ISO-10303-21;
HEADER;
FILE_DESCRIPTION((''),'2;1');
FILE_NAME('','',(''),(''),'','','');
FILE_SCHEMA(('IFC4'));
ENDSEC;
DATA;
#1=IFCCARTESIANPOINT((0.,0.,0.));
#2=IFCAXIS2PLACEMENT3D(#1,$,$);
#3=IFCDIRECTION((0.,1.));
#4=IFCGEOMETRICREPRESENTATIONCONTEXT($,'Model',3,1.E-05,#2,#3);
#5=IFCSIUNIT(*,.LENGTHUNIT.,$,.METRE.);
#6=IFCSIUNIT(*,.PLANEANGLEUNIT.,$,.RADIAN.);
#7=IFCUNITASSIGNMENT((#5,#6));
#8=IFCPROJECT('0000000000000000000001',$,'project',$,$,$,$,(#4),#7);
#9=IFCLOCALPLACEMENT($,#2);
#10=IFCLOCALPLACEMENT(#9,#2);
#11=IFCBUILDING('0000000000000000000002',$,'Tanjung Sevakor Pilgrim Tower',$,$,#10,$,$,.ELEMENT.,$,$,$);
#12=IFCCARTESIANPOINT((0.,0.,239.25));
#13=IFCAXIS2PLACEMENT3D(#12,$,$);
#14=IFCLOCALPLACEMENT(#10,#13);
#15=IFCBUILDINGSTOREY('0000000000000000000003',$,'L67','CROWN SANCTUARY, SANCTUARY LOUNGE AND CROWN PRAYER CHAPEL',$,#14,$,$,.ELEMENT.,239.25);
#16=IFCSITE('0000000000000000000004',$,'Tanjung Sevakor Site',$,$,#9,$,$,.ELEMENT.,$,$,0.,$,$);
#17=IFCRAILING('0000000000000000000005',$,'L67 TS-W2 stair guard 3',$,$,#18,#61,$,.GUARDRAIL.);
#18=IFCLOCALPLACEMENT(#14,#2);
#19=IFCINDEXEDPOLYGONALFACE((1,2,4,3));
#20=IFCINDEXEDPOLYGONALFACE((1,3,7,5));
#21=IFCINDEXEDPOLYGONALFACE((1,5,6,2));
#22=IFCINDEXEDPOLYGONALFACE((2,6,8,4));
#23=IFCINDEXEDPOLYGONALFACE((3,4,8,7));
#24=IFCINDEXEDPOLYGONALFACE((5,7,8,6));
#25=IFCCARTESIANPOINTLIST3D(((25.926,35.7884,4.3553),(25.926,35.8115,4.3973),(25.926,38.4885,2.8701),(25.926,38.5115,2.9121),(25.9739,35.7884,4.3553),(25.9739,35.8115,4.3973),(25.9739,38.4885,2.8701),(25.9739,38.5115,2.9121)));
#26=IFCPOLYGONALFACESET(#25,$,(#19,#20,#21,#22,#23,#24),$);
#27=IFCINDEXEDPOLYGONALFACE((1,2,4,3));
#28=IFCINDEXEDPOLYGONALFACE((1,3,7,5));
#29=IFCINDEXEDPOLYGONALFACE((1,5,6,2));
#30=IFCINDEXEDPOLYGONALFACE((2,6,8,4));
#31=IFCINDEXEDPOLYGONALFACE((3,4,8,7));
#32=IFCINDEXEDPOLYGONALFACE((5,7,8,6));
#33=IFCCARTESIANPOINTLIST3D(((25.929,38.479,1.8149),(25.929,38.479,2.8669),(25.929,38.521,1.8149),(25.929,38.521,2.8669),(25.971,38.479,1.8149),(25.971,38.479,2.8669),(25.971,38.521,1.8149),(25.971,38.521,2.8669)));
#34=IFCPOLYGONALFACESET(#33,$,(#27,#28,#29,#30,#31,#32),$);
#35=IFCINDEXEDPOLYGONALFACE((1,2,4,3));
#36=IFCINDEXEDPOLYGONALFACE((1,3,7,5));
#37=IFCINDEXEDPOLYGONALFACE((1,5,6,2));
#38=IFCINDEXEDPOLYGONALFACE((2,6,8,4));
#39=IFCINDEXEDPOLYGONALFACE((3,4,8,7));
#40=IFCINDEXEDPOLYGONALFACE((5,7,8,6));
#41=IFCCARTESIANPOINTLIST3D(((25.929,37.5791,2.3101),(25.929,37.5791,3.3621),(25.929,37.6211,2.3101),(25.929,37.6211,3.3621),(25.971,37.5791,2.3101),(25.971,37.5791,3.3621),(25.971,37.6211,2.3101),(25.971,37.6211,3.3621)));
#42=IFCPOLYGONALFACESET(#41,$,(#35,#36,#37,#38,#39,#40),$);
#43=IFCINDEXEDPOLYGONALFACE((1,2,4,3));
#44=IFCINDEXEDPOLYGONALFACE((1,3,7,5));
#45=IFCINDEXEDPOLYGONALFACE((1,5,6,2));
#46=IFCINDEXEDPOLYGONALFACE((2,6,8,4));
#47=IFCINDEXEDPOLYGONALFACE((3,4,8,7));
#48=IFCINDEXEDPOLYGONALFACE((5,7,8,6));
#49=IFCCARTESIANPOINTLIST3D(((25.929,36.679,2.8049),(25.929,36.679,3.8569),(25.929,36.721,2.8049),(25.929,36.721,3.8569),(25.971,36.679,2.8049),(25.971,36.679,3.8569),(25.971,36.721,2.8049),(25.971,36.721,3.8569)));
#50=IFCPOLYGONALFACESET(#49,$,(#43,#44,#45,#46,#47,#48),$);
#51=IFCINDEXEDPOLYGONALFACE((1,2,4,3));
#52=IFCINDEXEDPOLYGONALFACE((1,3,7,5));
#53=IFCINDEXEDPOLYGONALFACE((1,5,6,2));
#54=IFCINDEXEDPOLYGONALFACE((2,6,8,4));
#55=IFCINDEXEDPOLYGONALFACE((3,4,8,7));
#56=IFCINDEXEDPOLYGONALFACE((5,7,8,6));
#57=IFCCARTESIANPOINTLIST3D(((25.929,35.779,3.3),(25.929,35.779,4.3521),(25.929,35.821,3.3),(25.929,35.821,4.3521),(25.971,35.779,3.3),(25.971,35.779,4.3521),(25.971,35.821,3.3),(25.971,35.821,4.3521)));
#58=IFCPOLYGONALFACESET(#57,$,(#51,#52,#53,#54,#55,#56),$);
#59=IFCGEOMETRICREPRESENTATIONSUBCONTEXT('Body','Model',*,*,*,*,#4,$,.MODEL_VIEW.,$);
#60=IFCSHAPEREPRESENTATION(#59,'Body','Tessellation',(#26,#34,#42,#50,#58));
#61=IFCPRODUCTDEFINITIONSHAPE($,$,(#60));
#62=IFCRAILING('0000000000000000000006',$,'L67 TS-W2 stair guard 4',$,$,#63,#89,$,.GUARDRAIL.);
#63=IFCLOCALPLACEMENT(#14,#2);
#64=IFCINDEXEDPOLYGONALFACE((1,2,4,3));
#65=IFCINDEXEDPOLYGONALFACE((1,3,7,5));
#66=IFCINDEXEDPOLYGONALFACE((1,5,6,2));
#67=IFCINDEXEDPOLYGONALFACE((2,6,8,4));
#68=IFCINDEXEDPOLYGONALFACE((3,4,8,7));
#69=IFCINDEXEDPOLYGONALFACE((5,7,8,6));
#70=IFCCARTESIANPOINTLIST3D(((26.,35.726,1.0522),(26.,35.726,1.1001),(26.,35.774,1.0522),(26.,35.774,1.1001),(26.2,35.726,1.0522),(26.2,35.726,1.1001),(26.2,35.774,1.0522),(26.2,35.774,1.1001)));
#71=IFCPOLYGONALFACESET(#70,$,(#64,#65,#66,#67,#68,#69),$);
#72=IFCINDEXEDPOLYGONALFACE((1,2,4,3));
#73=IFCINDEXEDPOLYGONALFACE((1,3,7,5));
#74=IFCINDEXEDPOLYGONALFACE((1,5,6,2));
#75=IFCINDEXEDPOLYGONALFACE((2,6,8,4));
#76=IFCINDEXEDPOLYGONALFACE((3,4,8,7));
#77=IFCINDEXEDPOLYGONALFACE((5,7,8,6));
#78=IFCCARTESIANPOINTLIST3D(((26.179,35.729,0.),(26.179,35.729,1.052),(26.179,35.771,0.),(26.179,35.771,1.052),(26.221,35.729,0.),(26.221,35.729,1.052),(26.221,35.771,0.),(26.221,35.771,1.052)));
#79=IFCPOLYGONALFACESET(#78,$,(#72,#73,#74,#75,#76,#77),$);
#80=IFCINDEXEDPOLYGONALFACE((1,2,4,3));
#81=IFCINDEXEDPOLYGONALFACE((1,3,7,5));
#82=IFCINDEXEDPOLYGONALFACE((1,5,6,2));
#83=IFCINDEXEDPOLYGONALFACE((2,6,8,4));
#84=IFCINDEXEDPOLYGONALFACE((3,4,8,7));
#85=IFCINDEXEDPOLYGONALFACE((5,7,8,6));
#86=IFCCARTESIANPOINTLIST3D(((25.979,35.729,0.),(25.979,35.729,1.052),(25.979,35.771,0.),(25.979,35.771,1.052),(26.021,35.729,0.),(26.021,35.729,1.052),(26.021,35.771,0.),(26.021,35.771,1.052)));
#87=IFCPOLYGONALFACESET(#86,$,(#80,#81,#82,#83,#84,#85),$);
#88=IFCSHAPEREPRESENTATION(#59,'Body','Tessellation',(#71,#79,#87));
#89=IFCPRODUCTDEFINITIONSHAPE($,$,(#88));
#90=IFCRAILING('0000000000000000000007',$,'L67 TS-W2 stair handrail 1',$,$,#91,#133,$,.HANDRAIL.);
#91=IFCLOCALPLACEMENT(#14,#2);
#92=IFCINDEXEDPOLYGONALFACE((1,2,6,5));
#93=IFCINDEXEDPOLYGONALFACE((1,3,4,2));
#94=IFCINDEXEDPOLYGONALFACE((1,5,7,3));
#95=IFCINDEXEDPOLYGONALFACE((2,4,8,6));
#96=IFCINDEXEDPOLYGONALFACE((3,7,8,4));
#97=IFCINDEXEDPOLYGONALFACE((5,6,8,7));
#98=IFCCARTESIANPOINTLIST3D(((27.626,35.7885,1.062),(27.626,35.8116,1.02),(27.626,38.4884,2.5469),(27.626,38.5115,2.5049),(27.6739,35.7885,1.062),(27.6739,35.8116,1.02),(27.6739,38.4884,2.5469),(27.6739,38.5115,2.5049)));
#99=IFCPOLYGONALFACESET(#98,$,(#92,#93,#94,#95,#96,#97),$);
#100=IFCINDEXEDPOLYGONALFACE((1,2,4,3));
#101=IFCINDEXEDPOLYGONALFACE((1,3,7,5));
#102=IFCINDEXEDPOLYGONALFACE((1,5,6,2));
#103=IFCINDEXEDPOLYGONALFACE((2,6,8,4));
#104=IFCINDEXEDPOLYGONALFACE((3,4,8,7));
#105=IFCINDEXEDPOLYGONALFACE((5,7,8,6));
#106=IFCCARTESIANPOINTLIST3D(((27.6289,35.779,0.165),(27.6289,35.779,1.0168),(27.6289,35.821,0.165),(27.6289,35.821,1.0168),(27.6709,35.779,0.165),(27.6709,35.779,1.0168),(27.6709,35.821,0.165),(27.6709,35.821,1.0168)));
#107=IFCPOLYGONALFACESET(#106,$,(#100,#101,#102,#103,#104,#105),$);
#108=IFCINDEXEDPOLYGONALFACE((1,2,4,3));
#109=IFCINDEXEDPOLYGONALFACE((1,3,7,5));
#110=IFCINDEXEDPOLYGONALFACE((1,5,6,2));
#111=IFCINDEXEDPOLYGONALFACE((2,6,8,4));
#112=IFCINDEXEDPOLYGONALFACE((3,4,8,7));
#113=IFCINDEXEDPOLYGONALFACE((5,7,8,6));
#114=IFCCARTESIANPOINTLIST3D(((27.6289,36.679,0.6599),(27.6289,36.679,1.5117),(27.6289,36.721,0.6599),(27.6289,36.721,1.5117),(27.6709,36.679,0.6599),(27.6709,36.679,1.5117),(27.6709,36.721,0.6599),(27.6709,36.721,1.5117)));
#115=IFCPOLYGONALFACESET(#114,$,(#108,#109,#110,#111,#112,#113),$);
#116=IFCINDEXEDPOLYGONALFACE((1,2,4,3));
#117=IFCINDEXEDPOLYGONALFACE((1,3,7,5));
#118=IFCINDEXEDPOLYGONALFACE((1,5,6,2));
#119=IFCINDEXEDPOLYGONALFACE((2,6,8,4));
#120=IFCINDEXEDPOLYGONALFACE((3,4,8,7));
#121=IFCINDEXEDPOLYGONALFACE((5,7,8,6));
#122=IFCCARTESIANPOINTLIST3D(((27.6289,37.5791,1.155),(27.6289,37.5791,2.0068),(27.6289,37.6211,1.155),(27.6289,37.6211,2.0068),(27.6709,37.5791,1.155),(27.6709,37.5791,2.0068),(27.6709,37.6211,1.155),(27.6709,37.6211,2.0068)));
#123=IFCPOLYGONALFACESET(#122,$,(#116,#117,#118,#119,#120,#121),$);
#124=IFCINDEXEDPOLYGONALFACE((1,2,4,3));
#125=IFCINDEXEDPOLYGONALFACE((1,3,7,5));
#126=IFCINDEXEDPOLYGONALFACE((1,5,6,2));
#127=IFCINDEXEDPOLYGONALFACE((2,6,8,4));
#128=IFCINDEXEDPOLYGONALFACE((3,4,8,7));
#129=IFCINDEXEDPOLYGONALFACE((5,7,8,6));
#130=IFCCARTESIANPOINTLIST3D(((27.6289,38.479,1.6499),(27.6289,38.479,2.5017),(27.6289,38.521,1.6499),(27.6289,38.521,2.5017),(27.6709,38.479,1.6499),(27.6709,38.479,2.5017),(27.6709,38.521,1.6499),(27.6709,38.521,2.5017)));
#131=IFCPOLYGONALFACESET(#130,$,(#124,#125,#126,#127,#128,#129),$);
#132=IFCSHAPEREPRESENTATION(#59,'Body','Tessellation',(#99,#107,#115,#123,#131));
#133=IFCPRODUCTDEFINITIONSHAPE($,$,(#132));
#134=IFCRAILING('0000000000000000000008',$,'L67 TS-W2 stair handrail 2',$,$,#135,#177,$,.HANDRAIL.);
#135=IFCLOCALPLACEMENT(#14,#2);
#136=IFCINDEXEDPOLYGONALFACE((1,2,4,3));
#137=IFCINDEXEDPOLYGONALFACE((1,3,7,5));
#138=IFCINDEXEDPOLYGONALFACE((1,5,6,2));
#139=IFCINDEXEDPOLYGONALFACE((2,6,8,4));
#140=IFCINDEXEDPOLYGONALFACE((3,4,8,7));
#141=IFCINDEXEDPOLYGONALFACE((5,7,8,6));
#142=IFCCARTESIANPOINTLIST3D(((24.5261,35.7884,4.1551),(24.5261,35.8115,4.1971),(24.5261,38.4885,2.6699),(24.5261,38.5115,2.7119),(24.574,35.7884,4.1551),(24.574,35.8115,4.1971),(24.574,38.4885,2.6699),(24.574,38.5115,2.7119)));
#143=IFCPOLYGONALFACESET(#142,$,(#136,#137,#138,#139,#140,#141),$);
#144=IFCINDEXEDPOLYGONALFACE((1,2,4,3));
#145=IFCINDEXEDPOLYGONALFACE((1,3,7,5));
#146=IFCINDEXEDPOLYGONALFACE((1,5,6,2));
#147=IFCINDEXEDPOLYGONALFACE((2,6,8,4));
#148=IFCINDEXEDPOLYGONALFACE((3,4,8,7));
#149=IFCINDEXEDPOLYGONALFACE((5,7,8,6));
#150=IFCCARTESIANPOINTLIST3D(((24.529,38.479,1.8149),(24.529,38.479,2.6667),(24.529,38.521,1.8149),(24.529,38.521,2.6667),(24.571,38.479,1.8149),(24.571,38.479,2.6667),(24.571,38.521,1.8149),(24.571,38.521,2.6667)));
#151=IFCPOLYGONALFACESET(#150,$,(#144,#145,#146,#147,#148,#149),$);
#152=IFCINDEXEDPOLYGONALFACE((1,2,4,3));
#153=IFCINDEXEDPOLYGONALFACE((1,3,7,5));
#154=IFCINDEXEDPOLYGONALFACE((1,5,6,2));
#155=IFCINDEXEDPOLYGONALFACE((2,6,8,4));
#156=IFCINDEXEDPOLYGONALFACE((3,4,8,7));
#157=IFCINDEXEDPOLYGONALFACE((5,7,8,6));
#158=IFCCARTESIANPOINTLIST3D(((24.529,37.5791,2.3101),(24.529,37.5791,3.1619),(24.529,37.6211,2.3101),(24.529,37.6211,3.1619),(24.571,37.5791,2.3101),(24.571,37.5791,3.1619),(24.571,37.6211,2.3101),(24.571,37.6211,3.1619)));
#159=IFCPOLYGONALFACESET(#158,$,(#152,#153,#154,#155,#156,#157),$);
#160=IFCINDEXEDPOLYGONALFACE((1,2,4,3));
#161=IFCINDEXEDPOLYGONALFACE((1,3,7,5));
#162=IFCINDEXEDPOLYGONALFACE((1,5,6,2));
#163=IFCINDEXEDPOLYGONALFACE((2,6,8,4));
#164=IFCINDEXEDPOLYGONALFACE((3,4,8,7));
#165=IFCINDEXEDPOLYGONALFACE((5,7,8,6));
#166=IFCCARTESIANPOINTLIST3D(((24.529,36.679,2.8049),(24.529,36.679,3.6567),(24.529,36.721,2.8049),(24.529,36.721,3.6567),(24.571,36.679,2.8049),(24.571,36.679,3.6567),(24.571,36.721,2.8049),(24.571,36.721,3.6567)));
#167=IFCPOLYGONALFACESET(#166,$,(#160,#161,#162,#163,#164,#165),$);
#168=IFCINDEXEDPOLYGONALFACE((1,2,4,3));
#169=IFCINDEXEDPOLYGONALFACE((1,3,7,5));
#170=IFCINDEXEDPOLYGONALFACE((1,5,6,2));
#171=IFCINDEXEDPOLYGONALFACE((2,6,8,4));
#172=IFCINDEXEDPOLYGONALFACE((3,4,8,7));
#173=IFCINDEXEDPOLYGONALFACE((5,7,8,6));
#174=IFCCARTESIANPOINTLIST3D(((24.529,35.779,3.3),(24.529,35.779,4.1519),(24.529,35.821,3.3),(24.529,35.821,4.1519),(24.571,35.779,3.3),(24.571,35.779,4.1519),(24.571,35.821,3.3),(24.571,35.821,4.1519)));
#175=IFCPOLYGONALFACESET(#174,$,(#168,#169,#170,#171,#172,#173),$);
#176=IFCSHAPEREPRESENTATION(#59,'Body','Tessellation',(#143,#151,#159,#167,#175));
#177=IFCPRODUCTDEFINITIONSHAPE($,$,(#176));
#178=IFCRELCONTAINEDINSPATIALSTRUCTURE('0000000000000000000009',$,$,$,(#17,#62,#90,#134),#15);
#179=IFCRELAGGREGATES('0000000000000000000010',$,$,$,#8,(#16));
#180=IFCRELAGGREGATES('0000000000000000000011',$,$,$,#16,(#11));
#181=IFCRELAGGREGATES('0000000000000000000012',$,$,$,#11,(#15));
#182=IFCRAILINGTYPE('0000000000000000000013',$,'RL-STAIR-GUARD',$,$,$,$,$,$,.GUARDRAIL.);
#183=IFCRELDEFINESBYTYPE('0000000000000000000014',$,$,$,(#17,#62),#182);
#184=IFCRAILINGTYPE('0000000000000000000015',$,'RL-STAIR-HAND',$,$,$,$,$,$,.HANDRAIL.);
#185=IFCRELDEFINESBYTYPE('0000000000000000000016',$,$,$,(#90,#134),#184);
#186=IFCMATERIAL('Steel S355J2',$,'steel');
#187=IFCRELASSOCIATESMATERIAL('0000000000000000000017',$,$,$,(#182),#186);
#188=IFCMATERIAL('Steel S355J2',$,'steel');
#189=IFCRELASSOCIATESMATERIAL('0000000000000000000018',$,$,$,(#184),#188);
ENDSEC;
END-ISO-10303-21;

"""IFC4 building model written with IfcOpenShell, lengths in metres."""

from ifc_helpers import new_model, si_unit, direction, frame, origin, place, context, subcontext, project, spatial, rectangle, extrude, material, type_object, element, save


model = new_model("IFC4")

# Units and contexts
model_context = context("Model", 3, precision=1e-05, world=origin(), true_north=direction((0.0, 1.0)))
body_context = subcontext(model_context, "Body", "Model", "MODEL_VIEW")
ifc_project = project(units=[si_unit("LENGTHUNIT", "METRE"), si_unit("PLANEANGLEUNIT", "RADIAN")], contexts=[model_context])

# Site, building, storey
site_placement = place(None, origin())
site = spatial("IfcSite", under=ifc_project, at=site_placement, Name="Tanjung Sevakor Site", CompositionType="ELEMENT", RefElevation=0.0)
building_placement = place(site_placement, origin())
building = spatial("IfcBuilding", under=site, at=building_placement, Name="Tanjung Sevakor Pilgrim Tower", CompositionType="ELEMENT")
storey_placement = place(building_placement, frame((0.0, 0.0, 239.25)))
storey = spatial("IfcBuildingStorey", under=building, at=storey_placement, Name="L67", Description="CROWN SANCTUARY, SANCTUARY LOUNGE AND CROWN PRAYER CHAPEL", CompositionType="ELEMENT", Elevation=239.25)

# Railings
ifc_material_1 = material(Name="Steel S355J2", Category="steel")
railing_type_1 = type_object("IfcRailingType", Name="RL-STAIR-GUARD", PredefinedType="GUARDRAIL", material=ifc_material_1)
railing_1_placement = place(storey_placement, frame((25.95, 38.5, 1.8149)))
element("IfcRailing", 1, at=railing_1_placement, inside=storey, type_object=railing_type_1, Name="L67 TS-W2 stair guard 3", PredefinedType="GUARDRAIL", context=body_context, shape_type="SweptSolid", body=[
    extrude(rectangle(XDim=0.0479, YDim=0.0479), frame((0.0, 0.0, 1.0762), z_axis=(0.0, -0.876198, 0.481952), x_axis=(1.0, 0.0, 0.0)), (0.0, 0.0, 1.0), 3.0815),
    extrude(rectangle(XDim=0.042, YDim=0.042), origin(), (0.0, 0.0, 1.0), 1.052),
    extrude(rectangle(XDim=0.042, YDim=0.042), frame((0.0, -0.8999, 0.4951)), (0.0, 0.0, 1.0), 1.052),
    extrude(rectangle(XDim=0.042, YDim=0.042), frame((0.0, -1.8, 0.99)), (0.0, 0.0, 1.0), 1.052),
    extrude(rectangle(XDim=0.042, YDim=0.042), frame((0.0, -2.7, 1.4851)), (0.0, 0.0, 1.0), 1.052),
])
railing_2_placement = place(storey_placement, frame((26.2, 35.75, 0.0)))
element("IfcRailing", 2, at=railing_2_placement, inside=storey, type_object=railing_type_1, Name="L67 TS-W2 stair guard 4", PredefinedType="GUARDRAIL", context=body_context, shape_type="SweptSolid", body=[
    extrude(rectangle(XDim=0.0479, YDim=0.0479), frame((0.0, 0.0, 1.0762), z_axis=(-1.0, 0.0, 0.0), x_axis=(0.0, -1.0, 0.0)), (0.0, 0.0, 1.0), 0.2),
    extrude(rectangle(XDim=0.042, YDim=0.042), origin(), (0.0, 0.0, 1.0), 1.052),
    extrude(rectangle(XDim=0.042, YDim=0.042), frame((-0.2, 0.0, 0.0)), (0.0, 0.0, 1.0), 1.052),
])
ifc_material_2 = material(Name="Steel S355J2", Category="steel")
railing_type_2 = type_object("IfcRailingType", Name="RL-STAIR-HAND", PredefinedType="HANDRAIL", material=ifc_material_2)
railing_3_placement = place(storey_placement, frame((27.6499, 35.8, 0.165)))
element("IfcRailing", 3, at=railing_3_placement, inside=storey, type_object=railing_type_2, Name="L67 TS-W2 stair handrail 1", PredefinedType="HANDRAIL", context=body_context, shape_type="SweptSolid", body=[
    extrude(rectangle(XDim=0.0479, YDim=0.0479), frame((0.0, 0.0, 0.876), z_axis=(0.0, 0.876231, 0.481891), x_axis=(-1.0, 0.0, 0.0)), (0.0, 0.0, 1.0), 3.0813),
    extrude(rectangle(XDim=0.042, YDim=0.042), origin(), (0.0, 0.0, 1.0), 0.8518),
    extrude(rectangle(XDim=0.042, YDim=0.042), frame((0.0, 0.8999, 0.4949)), (0.0, 0.0, 1.0), 0.8518),
    extrude(rectangle(XDim=0.042, YDim=0.042), frame((0.0, 1.8, 0.99)), (0.0, 0.0, 1.0), 0.8518),
    extrude(rectangle(XDim=0.042, YDim=0.042), frame((0.0, 2.7, 1.4849)), (0.0, 0.0, 1.0), 0.8518),
])
railing_4_placement = place(storey_placement, frame((24.55, 38.5, 1.8149)))
element("IfcRailing", 4, at=railing_4_placement, inside=storey, type_object=railing_type_2, Name="L67 TS-W2 stair handrail 2", PredefinedType="HANDRAIL", context=body_context, shape_type="SweptSolid", body=[
    extrude(rectangle(XDim=0.0479, YDim=0.0479), frame((0.0, 0.0, 0.876), z_axis=(0.0, -0.876198, 0.481952), x_axis=(1.0, 0.0, 0.0)), (0.0, 0.0, 1.0), 3.0815),
    extrude(rectangle(XDim=0.042, YDim=0.042), origin(), (0.0, 0.0, 1.0), 0.8518),
    extrude(rectangle(XDim=0.042, YDim=0.042), frame((0.0, -0.8999, 0.4951)), (0.0, 0.0, 1.0), 0.8518),
    extrude(rectangle(XDim=0.042, YDim=0.042), frame((0.0, -1.8, 0.99)), (0.0, 0.0, 1.0), 0.8518),
    extrude(rectangle(XDim=0.042, YDim=0.042), frame((0.0, -2.7, 1.4851)), (0.0, 0.0, 1.0), 0.8518),
])

save(model, "model.ifc")
